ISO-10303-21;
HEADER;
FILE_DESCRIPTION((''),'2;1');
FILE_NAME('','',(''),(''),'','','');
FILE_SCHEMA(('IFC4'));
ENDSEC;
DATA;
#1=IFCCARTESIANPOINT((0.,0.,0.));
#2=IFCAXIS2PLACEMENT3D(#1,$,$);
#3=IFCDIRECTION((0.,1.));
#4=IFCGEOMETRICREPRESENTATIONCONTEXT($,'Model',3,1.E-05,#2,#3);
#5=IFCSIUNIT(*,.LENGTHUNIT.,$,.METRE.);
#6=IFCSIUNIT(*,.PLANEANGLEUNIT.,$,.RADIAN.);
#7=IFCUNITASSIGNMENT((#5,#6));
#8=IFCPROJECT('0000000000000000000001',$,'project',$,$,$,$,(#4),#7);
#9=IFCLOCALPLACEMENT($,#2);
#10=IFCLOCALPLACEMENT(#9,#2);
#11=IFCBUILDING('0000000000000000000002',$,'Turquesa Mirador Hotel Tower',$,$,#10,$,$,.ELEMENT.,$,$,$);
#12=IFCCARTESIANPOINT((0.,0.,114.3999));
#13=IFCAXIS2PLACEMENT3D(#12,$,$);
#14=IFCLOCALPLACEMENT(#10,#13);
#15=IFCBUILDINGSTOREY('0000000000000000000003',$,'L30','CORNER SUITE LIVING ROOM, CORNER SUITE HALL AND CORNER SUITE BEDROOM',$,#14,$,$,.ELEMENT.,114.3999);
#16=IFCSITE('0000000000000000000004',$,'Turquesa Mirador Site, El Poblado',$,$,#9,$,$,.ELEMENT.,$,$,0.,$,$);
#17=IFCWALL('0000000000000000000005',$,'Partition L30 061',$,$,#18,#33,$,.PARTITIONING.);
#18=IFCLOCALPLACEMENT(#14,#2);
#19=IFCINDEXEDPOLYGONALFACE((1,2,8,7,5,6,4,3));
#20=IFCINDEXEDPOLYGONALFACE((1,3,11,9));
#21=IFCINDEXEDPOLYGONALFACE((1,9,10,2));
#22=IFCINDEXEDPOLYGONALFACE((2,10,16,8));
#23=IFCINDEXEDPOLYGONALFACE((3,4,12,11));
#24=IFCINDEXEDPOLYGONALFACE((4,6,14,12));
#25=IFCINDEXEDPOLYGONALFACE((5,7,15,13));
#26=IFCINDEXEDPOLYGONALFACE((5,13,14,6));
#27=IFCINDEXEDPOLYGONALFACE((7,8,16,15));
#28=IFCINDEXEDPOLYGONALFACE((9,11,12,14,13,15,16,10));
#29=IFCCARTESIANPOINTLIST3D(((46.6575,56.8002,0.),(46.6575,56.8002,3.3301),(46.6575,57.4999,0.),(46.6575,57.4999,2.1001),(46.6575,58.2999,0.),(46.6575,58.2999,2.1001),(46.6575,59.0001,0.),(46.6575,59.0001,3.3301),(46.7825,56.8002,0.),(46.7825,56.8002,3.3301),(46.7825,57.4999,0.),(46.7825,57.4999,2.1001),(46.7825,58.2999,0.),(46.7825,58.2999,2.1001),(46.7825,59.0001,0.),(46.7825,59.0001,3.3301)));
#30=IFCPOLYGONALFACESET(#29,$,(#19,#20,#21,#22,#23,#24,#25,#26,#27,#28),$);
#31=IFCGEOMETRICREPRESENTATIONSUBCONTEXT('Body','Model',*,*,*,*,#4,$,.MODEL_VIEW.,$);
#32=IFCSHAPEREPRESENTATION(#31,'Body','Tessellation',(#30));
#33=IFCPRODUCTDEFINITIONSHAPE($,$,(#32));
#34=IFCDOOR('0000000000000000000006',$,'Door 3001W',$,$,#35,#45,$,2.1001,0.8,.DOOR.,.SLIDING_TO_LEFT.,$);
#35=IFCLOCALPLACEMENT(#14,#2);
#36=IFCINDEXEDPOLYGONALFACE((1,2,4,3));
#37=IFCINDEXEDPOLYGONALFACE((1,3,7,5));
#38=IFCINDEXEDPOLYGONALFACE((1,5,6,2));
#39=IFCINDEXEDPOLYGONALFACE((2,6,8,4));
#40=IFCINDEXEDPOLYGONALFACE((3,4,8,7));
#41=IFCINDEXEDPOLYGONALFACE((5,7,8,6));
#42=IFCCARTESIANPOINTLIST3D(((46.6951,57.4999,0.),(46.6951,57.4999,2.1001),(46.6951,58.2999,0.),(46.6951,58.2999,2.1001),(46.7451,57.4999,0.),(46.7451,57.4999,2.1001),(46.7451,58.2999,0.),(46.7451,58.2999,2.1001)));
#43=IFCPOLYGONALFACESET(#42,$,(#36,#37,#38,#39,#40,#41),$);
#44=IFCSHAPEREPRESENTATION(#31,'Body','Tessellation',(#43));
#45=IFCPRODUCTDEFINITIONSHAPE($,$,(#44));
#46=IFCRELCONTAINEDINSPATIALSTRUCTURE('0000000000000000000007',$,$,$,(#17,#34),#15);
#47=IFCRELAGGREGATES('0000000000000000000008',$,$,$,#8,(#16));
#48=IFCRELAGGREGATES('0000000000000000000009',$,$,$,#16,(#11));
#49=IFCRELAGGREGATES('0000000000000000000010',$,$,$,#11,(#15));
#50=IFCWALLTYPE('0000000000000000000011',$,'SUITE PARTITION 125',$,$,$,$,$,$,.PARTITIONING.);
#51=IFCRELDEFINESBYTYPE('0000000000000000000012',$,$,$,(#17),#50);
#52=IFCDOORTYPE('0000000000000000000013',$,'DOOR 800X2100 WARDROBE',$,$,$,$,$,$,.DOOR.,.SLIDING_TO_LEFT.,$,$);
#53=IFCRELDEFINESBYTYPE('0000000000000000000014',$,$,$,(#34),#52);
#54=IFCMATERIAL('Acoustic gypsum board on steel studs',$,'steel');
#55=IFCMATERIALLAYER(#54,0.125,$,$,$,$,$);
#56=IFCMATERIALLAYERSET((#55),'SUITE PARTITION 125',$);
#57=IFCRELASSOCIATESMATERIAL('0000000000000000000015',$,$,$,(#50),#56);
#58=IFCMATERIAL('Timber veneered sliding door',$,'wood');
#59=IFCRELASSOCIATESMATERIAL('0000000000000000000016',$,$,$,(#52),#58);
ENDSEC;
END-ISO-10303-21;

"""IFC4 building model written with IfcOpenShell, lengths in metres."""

from ifc_helpers import new_model, si_unit, direction, frame, frame_2d, origin, place, context, subcontext, project, spatial, rectangle, extrude, material, layer, layer_set, type_object, element, fill, save


model = new_model("IFC4")

# Units and contexts
model_context = context("Model", 3, precision=1e-05, world=origin(), true_north=direction((0.0, 1.0)))
body_context = subcontext(model_context, "Body", "Model", "MODEL_VIEW")
ifc_project = project(units=[si_unit("LENGTHUNIT", "METRE"), si_unit("PLANEANGLEUNIT", "RADIAN")], contexts=[model_context])

# Site, building, storey
site_placement = place(None, origin())
site = spatial("IfcSite", under=ifc_project, at=site_placement, Name="Turquesa Mirador Site, El Poblado", CompositionType="ELEMENT", RefElevation=0.0)
building_placement = place(site_placement, origin())
building = spatial("IfcBuilding", under=site, at=building_placement, Name="Turquesa Mirador Hotel Tower", CompositionType="ELEMENT")
storey_placement = place(building_placement, frame((0.0, 0.0, 114.3999)))
storey = spatial("IfcBuildingStorey", under=building, at=storey_placement, Name="L30", Description="CORNER SUITE LIVING ROOM, CORNER SUITE HALL AND CORNER SUITE BEDROOM", CompositionType="ELEMENT", Elevation=114.3999)

# Shared definitions
ifc_material_1 = material(Name="Acoustic gypsum board on steel studs", Category="steel")
ifc_layer_1 = layer(ifc_material_1, 0.125)
ifc_layer_set_1 = layer_set([ifc_layer_1], Name="SUITE PARTITION 125")
wall_type_1 = type_object("IfcWallType", Name="SUITE PARTITION 125", PredefinedType="PARTITIONING", material=ifc_layer_set_1)

# Wall, opening, door
wall_1_placement = place(storey_placement, frame((46.72, 56.8, 0.0), z_axis=(0.0, 0.0, 1.0), x_axis=(0.0, 1.0, 0.0)))
wall_1 = element("IfcWall", 1, at=wall_1_placement, inside=storey, type_object=wall_type_1, Name="Partition L30 061", PredefinedType="PARTITIONING", context=body_context, shape_type="SweptSolid", body=[
    extrude(rectangle(XDim=2.2, YDim=0.125, at=frame_2d((1.1001, 0.0))), origin(), (0.0, 0.0, 1.0), 3.3301),
])
opening_1_placement = place(wall_1_placement, frame((0.7, 0.0, 0.0)))
opening_1 = element("IfcOpeningElement", 2, at=opening_1_placement, cuts=wall_1, PredefinedType="OPENING", context=body_context, shape_type="SweptSolid", body=[
    extrude(rectangle(XDim=0.8, YDim=2.1001, at=frame_2d((0.3999, 1.05))), frame((0.0, 0.0725, 0.0), z_axis=(0.0, -1.0, 0.0), x_axis=(1.0, 0.0, 0.0)), (0.0, 0.0, 1.0), 0.145),
])
ifc_material_2 = material(Name="Timber veneered sliding door", Category="wood")
door_type_1 = type_object("IfcDoorType", Name="DOOR 800X2100 WARDROBE", OperationType="SLIDING_TO_LEFT", PredefinedType="DOOR", material=ifc_material_2)
door_1_placement = place(opening_1_placement, origin())
door_1 = element("IfcDoor", 3, at=door_1_placement, inside=storey, type_object=door_type_1, Name="Door 3001W", OperationType="SLIDING_TO_LEFT", OverallHeight=2.1001, OverallWidth=0.8, PredefinedType="DOOR", context=body_context, shape_type="SweptSolid", body=[
    extrude(rectangle(XDim=0.8, YDim=2.1001, at=frame_2d((0.3999, 1.05))), frame((0.0, 0.0249, 0.0), z_axis=(0.0, -1.0, 0.0), x_axis=(1.0, 0.0, 0.0)), (0.0, 0.0, 1.0), 0.05),
])
fill(opening_1, door_1)

save(model, "model.ifc")
